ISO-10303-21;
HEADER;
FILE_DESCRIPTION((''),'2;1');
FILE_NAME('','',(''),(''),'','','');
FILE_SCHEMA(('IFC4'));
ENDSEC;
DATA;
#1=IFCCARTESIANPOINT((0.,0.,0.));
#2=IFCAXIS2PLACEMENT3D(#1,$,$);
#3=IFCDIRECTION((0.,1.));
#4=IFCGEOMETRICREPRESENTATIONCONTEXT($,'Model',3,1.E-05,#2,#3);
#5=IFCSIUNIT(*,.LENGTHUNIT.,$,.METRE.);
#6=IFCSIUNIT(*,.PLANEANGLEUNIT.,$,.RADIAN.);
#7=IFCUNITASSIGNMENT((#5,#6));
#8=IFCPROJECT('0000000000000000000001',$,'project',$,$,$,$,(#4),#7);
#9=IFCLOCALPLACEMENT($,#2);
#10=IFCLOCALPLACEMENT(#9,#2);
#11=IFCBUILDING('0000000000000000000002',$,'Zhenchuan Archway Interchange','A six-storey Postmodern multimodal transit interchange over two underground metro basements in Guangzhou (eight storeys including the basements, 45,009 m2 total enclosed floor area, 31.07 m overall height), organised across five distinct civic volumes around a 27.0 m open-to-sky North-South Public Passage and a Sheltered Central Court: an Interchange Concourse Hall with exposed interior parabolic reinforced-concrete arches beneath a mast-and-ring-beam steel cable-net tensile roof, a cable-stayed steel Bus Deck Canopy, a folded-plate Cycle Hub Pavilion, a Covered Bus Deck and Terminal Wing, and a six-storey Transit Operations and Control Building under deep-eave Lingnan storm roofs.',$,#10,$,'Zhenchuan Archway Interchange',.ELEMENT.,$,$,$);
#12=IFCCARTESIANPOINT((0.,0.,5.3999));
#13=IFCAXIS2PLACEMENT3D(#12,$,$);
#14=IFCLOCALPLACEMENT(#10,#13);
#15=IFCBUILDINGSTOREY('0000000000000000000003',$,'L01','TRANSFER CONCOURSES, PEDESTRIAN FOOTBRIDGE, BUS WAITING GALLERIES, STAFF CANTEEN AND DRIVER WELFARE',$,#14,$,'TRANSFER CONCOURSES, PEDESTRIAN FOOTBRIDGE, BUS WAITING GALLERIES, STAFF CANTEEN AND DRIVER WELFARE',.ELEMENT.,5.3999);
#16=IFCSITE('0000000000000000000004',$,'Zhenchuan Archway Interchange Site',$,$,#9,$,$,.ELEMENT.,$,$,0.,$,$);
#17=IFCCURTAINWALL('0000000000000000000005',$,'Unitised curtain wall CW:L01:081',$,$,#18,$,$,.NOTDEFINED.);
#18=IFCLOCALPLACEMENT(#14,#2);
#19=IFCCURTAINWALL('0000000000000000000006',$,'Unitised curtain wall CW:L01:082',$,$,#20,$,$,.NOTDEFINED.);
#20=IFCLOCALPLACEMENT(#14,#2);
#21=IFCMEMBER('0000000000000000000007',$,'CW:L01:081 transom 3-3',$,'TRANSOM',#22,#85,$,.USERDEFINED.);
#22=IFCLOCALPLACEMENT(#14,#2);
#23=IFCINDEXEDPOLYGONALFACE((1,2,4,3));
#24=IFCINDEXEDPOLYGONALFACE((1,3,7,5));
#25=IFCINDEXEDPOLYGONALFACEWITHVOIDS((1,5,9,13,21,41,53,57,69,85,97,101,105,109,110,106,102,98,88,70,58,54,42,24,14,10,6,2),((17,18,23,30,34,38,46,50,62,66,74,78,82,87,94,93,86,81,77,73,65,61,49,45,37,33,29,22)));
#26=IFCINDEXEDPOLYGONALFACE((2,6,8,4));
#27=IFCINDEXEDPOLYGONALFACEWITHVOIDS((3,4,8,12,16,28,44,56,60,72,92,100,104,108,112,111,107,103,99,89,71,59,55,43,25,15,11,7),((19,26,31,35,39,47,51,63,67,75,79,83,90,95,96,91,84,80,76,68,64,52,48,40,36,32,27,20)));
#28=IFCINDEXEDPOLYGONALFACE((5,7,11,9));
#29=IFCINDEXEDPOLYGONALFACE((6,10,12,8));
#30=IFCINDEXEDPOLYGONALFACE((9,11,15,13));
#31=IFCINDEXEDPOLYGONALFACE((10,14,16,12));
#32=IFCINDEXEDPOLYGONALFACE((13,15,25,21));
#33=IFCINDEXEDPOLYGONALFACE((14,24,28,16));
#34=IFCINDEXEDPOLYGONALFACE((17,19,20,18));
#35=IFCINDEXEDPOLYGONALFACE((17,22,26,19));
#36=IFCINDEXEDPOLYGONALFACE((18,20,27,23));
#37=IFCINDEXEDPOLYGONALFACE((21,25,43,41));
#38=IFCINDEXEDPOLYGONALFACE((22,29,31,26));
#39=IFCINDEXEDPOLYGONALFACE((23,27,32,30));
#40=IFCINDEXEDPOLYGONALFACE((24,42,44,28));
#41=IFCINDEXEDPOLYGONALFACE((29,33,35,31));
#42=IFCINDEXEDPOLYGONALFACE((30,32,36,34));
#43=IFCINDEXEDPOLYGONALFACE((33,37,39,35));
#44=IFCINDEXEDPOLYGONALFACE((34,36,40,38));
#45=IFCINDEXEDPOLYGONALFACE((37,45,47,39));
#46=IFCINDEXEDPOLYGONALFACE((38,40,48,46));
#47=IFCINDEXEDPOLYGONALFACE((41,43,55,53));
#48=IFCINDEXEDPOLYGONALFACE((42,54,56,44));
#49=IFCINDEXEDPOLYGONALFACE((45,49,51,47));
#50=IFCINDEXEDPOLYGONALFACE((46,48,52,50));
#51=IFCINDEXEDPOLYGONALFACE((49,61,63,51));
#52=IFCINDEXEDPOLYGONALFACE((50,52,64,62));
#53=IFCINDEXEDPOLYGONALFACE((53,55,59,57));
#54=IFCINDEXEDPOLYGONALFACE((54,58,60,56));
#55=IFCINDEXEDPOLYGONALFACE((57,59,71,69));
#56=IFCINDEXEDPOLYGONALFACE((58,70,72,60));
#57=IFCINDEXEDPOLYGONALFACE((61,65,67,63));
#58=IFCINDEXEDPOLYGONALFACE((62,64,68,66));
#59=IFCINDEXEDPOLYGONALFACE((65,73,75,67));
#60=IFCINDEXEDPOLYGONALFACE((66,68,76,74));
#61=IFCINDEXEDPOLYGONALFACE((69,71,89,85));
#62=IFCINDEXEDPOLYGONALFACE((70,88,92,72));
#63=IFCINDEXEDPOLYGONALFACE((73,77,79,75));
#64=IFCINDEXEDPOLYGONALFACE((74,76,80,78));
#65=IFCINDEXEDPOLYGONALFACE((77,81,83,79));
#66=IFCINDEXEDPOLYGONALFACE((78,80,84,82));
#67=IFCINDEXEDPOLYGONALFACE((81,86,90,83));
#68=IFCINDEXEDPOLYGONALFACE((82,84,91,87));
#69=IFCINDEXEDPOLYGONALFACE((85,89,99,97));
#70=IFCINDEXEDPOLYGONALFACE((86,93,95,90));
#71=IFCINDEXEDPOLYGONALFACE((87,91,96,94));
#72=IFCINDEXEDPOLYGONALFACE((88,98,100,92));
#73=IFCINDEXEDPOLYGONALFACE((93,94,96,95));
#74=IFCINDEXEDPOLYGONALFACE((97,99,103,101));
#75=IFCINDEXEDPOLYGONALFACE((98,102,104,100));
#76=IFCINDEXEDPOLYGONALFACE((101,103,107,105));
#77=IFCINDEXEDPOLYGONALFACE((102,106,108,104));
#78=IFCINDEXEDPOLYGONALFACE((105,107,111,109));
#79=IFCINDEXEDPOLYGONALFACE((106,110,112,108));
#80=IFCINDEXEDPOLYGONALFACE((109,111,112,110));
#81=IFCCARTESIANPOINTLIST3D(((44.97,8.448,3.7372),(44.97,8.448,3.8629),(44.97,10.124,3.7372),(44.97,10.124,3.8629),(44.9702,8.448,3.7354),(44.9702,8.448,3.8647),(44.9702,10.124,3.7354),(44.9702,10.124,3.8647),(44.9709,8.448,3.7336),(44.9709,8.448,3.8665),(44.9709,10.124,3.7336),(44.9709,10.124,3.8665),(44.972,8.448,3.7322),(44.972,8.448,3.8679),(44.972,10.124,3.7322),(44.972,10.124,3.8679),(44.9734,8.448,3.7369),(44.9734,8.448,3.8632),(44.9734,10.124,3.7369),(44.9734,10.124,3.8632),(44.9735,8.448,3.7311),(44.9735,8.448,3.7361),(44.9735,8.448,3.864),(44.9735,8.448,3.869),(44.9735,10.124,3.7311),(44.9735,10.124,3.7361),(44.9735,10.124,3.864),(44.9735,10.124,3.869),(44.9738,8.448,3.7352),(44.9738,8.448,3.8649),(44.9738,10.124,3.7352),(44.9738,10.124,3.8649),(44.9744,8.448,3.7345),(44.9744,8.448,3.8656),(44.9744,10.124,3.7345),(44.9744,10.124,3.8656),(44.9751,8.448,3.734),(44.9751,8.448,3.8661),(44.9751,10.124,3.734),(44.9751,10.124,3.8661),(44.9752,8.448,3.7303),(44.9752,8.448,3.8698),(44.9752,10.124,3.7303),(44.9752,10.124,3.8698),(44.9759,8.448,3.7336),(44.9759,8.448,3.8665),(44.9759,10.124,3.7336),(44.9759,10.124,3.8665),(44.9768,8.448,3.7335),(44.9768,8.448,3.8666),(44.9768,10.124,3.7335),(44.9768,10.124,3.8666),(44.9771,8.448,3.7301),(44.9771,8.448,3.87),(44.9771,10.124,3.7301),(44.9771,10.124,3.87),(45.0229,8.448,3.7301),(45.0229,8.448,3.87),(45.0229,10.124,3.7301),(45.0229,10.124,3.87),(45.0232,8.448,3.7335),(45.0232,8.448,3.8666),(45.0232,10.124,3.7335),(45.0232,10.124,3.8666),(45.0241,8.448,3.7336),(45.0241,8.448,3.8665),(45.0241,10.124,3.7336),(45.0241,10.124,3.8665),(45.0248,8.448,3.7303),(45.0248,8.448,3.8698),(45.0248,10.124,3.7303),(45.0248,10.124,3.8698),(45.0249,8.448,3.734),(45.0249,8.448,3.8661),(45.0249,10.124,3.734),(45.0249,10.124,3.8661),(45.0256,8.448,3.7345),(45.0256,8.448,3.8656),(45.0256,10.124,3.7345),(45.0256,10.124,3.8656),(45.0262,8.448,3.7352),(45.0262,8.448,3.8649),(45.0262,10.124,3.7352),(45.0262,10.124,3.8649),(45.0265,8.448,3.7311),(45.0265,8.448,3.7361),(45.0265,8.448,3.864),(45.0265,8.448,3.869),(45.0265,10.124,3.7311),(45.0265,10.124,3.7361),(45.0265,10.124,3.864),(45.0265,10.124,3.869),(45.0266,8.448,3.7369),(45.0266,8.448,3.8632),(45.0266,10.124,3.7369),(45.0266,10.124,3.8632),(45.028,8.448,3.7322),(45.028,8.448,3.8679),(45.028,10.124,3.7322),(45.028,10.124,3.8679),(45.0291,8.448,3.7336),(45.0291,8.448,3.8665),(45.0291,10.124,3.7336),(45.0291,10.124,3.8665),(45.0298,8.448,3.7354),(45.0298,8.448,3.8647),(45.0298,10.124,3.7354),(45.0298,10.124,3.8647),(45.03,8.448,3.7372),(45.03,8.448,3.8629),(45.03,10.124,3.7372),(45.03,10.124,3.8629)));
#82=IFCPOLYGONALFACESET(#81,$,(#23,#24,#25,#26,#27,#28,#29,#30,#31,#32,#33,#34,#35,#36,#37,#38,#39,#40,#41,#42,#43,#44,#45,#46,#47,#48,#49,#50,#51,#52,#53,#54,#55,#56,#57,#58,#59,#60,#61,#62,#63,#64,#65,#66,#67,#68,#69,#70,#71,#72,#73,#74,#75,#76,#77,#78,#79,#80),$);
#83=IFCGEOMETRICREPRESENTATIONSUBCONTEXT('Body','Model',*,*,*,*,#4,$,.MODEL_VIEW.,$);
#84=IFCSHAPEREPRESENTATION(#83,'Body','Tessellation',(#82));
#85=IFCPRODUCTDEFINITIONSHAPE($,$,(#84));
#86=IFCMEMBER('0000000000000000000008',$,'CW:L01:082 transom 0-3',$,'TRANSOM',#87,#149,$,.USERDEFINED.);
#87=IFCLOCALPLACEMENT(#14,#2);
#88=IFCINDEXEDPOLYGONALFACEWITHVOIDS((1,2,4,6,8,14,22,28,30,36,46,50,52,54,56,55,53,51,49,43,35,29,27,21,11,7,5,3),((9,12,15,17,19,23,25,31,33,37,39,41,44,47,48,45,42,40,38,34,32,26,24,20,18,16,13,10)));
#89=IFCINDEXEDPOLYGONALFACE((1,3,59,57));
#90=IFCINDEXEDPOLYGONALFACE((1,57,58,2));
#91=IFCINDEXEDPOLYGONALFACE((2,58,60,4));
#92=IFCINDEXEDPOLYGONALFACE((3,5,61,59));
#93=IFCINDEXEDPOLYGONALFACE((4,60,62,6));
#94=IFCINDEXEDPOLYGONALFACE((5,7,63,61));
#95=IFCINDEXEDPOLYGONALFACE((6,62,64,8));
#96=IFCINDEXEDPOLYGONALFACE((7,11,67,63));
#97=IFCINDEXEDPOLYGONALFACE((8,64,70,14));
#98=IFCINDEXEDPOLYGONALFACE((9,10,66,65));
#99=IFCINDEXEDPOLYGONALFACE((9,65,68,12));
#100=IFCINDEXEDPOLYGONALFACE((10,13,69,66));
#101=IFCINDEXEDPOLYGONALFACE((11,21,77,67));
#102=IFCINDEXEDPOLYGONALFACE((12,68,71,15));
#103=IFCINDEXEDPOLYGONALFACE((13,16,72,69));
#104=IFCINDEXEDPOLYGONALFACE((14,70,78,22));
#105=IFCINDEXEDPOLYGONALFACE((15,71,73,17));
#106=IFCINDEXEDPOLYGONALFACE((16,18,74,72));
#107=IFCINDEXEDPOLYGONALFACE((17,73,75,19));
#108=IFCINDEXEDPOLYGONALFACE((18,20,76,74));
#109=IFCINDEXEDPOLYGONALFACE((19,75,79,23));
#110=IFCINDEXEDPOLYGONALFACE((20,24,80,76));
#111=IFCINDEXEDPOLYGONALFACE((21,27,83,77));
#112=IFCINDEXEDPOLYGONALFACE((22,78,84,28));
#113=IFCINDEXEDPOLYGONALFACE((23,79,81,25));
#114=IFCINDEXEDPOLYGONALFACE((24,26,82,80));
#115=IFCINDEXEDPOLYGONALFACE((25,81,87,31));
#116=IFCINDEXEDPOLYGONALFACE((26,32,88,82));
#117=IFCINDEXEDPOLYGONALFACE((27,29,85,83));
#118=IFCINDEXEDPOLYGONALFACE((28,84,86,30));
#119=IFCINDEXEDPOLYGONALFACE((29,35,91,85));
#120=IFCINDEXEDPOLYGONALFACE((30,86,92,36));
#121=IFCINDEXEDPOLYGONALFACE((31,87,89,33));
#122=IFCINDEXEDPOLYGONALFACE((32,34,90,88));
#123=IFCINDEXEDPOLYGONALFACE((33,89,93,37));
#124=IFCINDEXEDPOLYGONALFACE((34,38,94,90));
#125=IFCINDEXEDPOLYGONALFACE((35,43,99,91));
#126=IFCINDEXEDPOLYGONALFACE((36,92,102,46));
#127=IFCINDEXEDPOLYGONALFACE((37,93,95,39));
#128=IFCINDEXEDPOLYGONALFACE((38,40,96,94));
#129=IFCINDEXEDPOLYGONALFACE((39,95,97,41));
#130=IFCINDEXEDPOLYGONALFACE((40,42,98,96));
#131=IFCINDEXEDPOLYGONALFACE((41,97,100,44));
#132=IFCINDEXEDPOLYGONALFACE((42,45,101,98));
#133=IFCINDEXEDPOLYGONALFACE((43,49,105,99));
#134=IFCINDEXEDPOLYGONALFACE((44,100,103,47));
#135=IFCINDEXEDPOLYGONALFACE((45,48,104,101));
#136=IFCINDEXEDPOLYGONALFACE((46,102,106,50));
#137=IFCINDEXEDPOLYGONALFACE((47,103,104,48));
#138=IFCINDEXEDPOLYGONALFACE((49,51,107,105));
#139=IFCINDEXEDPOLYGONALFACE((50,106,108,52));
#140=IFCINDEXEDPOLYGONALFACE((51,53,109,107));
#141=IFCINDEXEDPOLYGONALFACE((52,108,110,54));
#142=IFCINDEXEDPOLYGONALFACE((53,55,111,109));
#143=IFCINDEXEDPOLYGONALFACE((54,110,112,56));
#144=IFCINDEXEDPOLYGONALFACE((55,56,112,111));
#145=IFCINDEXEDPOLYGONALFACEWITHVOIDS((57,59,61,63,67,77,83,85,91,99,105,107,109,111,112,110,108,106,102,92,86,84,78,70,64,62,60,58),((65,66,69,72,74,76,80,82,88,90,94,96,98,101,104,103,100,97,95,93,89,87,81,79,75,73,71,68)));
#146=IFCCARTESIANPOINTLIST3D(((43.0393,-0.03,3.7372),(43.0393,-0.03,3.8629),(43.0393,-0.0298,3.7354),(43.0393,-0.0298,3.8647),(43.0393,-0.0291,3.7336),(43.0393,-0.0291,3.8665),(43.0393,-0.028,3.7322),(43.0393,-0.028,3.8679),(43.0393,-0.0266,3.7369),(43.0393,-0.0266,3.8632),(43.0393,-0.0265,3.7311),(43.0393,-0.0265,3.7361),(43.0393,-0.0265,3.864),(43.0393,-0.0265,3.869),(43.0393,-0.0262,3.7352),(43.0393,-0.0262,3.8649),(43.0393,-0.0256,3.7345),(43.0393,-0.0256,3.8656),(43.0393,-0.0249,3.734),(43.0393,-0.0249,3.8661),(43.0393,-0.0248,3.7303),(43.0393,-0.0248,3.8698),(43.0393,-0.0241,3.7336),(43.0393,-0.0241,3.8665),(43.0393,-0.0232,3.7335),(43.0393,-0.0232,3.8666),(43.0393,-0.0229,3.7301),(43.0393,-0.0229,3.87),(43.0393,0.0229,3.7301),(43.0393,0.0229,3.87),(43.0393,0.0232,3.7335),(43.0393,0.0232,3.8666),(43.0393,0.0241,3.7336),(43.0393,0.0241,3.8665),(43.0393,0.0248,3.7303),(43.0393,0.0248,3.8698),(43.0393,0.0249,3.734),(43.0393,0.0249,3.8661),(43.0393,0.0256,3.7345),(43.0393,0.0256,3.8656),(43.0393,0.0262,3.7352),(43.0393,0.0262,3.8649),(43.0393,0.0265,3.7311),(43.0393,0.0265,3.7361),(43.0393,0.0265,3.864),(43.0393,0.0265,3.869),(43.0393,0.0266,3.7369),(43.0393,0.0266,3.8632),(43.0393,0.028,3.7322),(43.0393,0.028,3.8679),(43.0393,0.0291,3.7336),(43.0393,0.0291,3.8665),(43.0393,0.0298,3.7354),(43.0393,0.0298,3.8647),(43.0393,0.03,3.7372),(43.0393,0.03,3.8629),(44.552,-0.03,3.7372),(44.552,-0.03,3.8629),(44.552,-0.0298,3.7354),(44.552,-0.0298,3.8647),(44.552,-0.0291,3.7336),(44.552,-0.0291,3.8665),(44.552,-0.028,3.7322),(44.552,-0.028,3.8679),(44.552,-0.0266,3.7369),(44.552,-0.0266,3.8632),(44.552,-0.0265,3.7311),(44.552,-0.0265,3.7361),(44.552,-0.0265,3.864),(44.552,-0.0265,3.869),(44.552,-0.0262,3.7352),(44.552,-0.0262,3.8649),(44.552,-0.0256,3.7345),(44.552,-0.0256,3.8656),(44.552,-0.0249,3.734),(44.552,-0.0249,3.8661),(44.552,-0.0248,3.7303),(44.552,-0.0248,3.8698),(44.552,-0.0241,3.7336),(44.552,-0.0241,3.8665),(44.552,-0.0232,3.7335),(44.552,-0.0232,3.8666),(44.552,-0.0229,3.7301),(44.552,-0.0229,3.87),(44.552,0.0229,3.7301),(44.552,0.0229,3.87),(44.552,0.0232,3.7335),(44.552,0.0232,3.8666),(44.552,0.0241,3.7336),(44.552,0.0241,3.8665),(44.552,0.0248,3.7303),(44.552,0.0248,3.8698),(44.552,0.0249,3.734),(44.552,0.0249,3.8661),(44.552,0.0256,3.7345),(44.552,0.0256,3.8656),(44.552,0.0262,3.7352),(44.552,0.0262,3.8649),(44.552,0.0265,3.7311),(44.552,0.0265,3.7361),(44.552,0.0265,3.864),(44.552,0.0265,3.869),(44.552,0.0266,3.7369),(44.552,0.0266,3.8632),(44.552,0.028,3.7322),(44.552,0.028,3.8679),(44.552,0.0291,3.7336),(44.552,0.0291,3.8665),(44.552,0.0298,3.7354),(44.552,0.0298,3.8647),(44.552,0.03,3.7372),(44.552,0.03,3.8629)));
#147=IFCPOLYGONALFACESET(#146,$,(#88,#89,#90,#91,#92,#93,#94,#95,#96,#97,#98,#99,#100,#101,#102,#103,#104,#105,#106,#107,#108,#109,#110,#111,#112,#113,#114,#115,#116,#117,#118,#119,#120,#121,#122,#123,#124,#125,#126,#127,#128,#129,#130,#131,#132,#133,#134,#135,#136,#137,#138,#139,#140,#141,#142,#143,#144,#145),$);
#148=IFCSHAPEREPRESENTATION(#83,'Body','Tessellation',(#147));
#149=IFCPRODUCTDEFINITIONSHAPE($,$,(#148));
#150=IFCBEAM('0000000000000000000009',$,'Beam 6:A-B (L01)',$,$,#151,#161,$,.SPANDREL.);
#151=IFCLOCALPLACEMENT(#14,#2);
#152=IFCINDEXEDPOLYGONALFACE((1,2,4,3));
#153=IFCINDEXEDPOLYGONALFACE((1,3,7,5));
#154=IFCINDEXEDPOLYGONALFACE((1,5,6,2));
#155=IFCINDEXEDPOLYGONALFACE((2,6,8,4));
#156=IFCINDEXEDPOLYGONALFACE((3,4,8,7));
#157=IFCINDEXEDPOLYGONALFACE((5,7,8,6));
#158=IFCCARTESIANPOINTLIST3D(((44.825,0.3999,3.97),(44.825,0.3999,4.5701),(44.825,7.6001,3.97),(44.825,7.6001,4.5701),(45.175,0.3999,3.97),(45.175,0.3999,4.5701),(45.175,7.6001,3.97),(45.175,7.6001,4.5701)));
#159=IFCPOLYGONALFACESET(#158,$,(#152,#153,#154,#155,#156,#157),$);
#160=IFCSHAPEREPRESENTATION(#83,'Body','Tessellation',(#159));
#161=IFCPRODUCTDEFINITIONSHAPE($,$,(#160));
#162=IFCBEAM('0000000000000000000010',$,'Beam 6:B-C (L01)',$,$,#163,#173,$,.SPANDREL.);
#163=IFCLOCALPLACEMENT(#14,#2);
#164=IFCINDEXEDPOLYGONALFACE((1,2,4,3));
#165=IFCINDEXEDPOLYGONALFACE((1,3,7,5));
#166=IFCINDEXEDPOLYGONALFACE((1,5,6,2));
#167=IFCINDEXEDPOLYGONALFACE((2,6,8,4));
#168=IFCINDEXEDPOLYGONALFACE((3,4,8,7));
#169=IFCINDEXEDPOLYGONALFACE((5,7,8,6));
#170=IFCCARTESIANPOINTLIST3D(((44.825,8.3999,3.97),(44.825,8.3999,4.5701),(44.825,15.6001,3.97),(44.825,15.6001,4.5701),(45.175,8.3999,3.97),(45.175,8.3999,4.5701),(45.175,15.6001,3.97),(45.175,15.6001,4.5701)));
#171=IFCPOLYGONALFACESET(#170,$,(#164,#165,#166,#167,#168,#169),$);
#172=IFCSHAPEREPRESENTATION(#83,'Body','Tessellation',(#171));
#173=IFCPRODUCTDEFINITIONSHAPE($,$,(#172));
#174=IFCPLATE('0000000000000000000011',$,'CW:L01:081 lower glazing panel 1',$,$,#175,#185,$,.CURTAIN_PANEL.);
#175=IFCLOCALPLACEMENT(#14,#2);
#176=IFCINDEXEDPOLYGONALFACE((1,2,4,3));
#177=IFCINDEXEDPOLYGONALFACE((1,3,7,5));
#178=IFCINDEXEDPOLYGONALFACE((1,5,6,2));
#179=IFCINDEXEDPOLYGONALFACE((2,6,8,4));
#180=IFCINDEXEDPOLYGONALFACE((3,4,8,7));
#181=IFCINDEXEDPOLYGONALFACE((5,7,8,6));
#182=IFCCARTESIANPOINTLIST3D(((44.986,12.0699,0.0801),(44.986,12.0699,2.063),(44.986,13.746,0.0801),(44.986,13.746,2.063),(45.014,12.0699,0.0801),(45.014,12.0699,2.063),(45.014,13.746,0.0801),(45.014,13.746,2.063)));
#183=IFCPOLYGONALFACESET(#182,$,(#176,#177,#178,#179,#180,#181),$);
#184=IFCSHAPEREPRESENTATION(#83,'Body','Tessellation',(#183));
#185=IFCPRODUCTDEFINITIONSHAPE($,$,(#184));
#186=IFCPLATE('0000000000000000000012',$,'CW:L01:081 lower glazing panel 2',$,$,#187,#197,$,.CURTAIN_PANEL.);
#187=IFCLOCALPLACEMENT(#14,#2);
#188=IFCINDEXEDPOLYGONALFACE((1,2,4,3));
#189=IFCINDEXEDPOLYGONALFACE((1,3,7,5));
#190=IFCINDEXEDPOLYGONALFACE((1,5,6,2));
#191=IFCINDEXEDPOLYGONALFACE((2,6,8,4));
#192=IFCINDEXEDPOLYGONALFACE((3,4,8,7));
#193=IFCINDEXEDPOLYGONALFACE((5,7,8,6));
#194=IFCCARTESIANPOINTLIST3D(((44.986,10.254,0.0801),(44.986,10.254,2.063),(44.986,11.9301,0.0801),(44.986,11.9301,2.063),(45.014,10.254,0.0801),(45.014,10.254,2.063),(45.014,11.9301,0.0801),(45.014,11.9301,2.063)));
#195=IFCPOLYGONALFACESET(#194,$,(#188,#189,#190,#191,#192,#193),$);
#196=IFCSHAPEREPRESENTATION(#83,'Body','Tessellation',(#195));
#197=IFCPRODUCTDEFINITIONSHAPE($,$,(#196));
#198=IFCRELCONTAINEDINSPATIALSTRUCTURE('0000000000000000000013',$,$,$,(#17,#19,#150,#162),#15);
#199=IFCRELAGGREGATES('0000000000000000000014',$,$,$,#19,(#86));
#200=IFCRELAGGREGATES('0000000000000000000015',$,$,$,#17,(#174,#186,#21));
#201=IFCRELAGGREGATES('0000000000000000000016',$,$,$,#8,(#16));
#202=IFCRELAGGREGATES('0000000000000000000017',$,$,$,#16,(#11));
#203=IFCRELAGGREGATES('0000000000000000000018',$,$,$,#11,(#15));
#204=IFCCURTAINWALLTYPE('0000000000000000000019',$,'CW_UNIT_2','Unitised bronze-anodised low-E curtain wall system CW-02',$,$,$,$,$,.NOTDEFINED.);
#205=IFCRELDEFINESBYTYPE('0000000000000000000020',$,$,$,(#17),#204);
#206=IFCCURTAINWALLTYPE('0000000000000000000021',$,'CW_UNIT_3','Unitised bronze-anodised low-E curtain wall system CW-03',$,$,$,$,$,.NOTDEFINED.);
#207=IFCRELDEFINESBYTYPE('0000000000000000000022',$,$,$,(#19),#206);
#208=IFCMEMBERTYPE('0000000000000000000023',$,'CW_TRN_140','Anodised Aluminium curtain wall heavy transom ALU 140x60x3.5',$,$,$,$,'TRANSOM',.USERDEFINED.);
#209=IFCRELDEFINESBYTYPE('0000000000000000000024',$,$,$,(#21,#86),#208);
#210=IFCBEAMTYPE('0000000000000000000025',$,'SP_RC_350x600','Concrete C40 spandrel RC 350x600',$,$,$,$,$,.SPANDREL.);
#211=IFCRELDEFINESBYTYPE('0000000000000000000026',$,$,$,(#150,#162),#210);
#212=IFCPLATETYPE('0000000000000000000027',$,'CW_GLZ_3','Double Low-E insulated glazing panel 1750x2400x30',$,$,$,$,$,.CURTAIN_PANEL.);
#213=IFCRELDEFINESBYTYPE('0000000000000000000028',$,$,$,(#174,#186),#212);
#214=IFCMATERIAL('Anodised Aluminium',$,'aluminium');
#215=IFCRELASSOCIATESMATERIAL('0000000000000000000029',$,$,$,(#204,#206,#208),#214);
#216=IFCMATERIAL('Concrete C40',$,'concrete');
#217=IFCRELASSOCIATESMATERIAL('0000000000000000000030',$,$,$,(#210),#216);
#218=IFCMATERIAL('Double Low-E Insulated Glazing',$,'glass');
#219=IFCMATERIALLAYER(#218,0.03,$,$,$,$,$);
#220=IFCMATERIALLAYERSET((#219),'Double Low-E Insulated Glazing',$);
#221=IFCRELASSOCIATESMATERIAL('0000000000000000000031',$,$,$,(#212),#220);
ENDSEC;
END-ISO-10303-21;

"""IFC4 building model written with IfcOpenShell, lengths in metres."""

from ifc_helpers import new_model, si_unit, direction, frame, origin, origin_2d, place, context, subcontext, project, spatial, rectangle, hollow_rectangle, extrude, material, layer, layer_set, material_profile, profile_set, type_object, element, aggregate, save


model = new_model("IFC4")

# Units and contexts
model_context = context("Model", 3, precision=1e-05, world=origin(), true_north=direction((0.0, 1.0)))
body_context = subcontext(model_context, "Body", "Model", "MODEL_VIEW")
ifc_project = project(units=[si_unit("LENGTHUNIT", "METRE"), si_unit("PLANEANGLEUNIT", "RADIAN")], contexts=[model_context])

# Site, building, storey
site_placement = place(None, origin())
site = spatial("IfcSite", under=ifc_project, at=site_placement, Name="Zhenchuan Archway Interchange Site", CompositionType="ELEMENT", RefElevation=0.0)
building_placement = place(site_placement, origin())
building = spatial("IfcBuilding", under=site, at=building_placement, Name="Zhenchuan Archway Interchange", Description="A six-storey Postmodern multimodal transit interchange over two underground metro basements in Guangzhou (eight storeys including the basements, 45,009 m2 total enclosed floor area, 31.07 m overall height), organised across five distinct civic volumes around a 27.0 m open-to-sky North-South Public Passage and a Sheltered Central Court: an Interchange Concourse Hall with exposed interior parabolic reinforced-concrete arches beneath a mast-and-ring-beam steel cable-net tensile roof, a cable-stayed steel Bus Deck Canopy, a folded-plate Cycle Hub Pavilion, a Covered Bus Deck and Terminal Wing, and a six-storey Transit Operations and Control Building under deep-eave Lingnan storm roofs.", LongName="Zhenchuan Archway Interchange", CompositionType="ELEMENT")
storey_placement = place(building_placement, frame((0.0, 0.0, 5.3999)))
storey = spatial("IfcBuildingStorey", under=building, at=storey_placement, Name="L01", Description="TRANSFER CONCOURSES, PEDESTRIAN FOOTBRIDGE, BUS WAITING GALLERIES, STAFF CANTEEN AND DRIVER WELFARE", LongName="TRANSFER CONCOURSES, PEDESTRIAN FOOTBRIDGE, BUS WAITING GALLERIES, STAFF CANTEEN AND DRIVER WELFARE", CompositionType="ELEMENT", Elevation=5.3999)

# Shared definitions
ifc_material_1 = material(Name="Concrete C40", Category="concrete")

# Curtain wall
ifc_material_2 = material(Name="Anodised Aluminium", Category="aluminium")
curtain_wall_type_1 = type_object("IfcCurtainWallType", Name="CW_UNIT_2", Description="Unitised bronze-anodised low-E curtain wall system CW-02", PredefinedType="NOTDEFINED", material=ifc_material_2)
curtain_wall_1_placement = place(storey_placement, origin())
curtain_wall_1 = element("IfcCurtainWall", 1, at=curtain_wall_1_placement, inside=storey, type_object=curtain_wall_type_1, Name="Unitised curtain wall CW:L01:081", PredefinedType="NOTDEFINED")

# Curtain wall
curtain_wall_type_2 = type_object("IfcCurtainWallType", Name="CW_UNIT_3", Description="Unitised bronze-anodised low-E curtain wall system CW-03", PredefinedType="NOTDEFINED", material=ifc_material_2)
curtain_wall_2_placement = place(storey_placement, origin())
curtain_wall_2 = element("IfcCurtainWall", 2, at=curtain_wall_2_placement, inside=storey, type_object=curtain_wall_type_2, Name="Unitised curtain wall CW:L01:082", PredefinedType="NOTDEFINED")

# Members
ifc_material_profile_1 = material_profile(ifc_material_2, hollow_rectangle(XDim=0.0601, YDim=0.1399, WallThickness=0.0034, InnerFilletRadius=0.0034, OuterFilletRadius=0.0071, at=origin_2d()), Name="ALU 140x60x3.5")
ifc_profile_set_1 = profile_set([ifc_material_profile_1], Name="Anodised Aluminium")
member_type_1 = type_object("IfcMemberType", Name="CW_TRN_140", Description="Anodised Aluminium curtain wall heavy transom ALU 140x60x3.5", ElementType="TRANSOM", PredefinedType="USERDEFINED", material=ifc_profile_set_1)
member_1_placement = place(storey_placement, frame((45.0, 10.124, 3.8), z_axis=(0.0, -1.0, 0.0), x_axis=(1.0, 0.0, 0.0)))
member_1 = element("IfcMember", 3, at=member_1_placement, type_object=member_type_1, Name="CW:L01:081 transom 3-3", ObjectType="TRANSOM", PredefinedType="USERDEFINED", context=body_context, shape_type="SweptSolid", body=[
    extrude(hollow_rectangle(XDim=0.0601, YDim=0.1399, WallThickness=0.0034, InnerFilletRadius=0.0034, OuterFilletRadius=0.0071, at=origin_2d()), origin(), (0.0, 0.0, 1.0), 1.676),
])
member_2_placement = place(storey_placement, frame((44.552, 0.0, 3.8), z_axis=(-1.0, 0.0, 0.0), x_axis=(0.0, -1.0, 0.0)))
member_2 = element("IfcMember", 4, at=member_2_placement, type_object=member_type_1, Name="CW:L01:082 transom 0-3", ObjectType="TRANSOM", PredefinedType="USERDEFINED", context=body_context, shape_type="SweptSolid", body=[
    extrude(hollow_rectangle(XDim=0.0601, YDim=0.1399, WallThickness=0.0034, InnerFilletRadius=0.0034, OuterFilletRadius=0.0071, at=origin_2d()), origin(), (0.0, 0.0, 1.0), 1.5127),
])
aggregate(curtain_wall_2, [member_2])

# Beams
ifc_material_profile_2 = material_profile(ifc_material_1, rectangle(XDim=0.3501, YDim=0.6001, at=origin_2d()), Name="RC 350x600")
ifc_profile_set_2 = profile_set([ifc_material_profile_2], Name="Concrete C40")
beam_type = type_object("IfcBeamType", Name="SP_RC_350x600", Description="Concrete C40 spandrel RC 350x600", PredefinedType="SPANDREL", material=ifc_profile_set_2)
for number, where, z_axis, x_axis, name in (
    (5, (45.0, 0.3999, 4.27), (0.0, 1.0, 0.0), (-1.0, 0.0, 0.0), "Beam 6:A-B (L01)"),
    (6, (45.0, 8.3999, 4.27), (0.0, 1.0, 0.0), (-1.0, 0.0, 0.0), "Beam 6:B-C (L01)"),
):
    element("IfcBeam", number, at=place(storey_placement, frame(where, z_axis=z_axis, x_axis=x_axis)), inside=storey, type_object=beam_type, Name=name, PredefinedType="SPANDREL", context=body_context, shape_type="SweptSolid", body=[
        extrude(rectangle(XDim=0.3501, YDim=0.6001, at=origin_2d()), origin(), (0.0, 0.0, 1.0), 7.2002),
    ])

# Plates
ifc_material_3 = material(Name="Double Low-E Insulated Glazing", Category="glass")
ifc_layer_1 = layer(ifc_material_3, 0.03)
ifc_layer_set_1 = layer_set([ifc_layer_1], Name="Double Low-E Insulated Glazing")
plate_type_1 = type_object("IfcPlateType", Name="CW_GLZ_3", Description="Double Low-E insulated glazing panel 1750x2400x30", PredefinedType="CURTAIN_PANEL", material=ifc_layer_set_1)
plate_1_placement = place(storey_placement, frame((45.0, 12.908, 0.0801), z_axis=(0.0, 0.0, 1.0), x_axis=(0.0, -1.0, 0.0)))
plate_1 = element("IfcPlate", 7, at=plate_1_placement, type_object=plate_type_1, Name="CW:L01:081 lower glazing panel 1", PredefinedType="CURTAIN_PANEL", context=body_context, shape_type="SweptSolid", body=[
    extrude(rectangle(XDim=1.676, YDim=0.0281, at=origin_2d()), origin(), (0.0, 0.0, 1.0), 1.9829),
])
plate_2_placement = place(storey_placement, frame((45.0, 11.092, 0.0801), z_axis=(0.0, 0.0, 1.0), x_axis=(0.0, -1.0, 0.0)))
plate_2 = element("IfcPlate", 8, at=plate_2_placement, type_object=plate_type_1, Name="CW:L01:081 lower glazing panel 2", PredefinedType="CURTAIN_PANEL", context=body_context, shape_type="SweptSolid", body=[
    extrude(rectangle(XDim=1.676, YDim=0.0281, at=origin_2d()), origin(), (0.0, 0.0, 1.0), 1.9829),
])
aggregate(curtain_wall_1, [plate_1, plate_2, member_1])

save(model, "model.ifc")
